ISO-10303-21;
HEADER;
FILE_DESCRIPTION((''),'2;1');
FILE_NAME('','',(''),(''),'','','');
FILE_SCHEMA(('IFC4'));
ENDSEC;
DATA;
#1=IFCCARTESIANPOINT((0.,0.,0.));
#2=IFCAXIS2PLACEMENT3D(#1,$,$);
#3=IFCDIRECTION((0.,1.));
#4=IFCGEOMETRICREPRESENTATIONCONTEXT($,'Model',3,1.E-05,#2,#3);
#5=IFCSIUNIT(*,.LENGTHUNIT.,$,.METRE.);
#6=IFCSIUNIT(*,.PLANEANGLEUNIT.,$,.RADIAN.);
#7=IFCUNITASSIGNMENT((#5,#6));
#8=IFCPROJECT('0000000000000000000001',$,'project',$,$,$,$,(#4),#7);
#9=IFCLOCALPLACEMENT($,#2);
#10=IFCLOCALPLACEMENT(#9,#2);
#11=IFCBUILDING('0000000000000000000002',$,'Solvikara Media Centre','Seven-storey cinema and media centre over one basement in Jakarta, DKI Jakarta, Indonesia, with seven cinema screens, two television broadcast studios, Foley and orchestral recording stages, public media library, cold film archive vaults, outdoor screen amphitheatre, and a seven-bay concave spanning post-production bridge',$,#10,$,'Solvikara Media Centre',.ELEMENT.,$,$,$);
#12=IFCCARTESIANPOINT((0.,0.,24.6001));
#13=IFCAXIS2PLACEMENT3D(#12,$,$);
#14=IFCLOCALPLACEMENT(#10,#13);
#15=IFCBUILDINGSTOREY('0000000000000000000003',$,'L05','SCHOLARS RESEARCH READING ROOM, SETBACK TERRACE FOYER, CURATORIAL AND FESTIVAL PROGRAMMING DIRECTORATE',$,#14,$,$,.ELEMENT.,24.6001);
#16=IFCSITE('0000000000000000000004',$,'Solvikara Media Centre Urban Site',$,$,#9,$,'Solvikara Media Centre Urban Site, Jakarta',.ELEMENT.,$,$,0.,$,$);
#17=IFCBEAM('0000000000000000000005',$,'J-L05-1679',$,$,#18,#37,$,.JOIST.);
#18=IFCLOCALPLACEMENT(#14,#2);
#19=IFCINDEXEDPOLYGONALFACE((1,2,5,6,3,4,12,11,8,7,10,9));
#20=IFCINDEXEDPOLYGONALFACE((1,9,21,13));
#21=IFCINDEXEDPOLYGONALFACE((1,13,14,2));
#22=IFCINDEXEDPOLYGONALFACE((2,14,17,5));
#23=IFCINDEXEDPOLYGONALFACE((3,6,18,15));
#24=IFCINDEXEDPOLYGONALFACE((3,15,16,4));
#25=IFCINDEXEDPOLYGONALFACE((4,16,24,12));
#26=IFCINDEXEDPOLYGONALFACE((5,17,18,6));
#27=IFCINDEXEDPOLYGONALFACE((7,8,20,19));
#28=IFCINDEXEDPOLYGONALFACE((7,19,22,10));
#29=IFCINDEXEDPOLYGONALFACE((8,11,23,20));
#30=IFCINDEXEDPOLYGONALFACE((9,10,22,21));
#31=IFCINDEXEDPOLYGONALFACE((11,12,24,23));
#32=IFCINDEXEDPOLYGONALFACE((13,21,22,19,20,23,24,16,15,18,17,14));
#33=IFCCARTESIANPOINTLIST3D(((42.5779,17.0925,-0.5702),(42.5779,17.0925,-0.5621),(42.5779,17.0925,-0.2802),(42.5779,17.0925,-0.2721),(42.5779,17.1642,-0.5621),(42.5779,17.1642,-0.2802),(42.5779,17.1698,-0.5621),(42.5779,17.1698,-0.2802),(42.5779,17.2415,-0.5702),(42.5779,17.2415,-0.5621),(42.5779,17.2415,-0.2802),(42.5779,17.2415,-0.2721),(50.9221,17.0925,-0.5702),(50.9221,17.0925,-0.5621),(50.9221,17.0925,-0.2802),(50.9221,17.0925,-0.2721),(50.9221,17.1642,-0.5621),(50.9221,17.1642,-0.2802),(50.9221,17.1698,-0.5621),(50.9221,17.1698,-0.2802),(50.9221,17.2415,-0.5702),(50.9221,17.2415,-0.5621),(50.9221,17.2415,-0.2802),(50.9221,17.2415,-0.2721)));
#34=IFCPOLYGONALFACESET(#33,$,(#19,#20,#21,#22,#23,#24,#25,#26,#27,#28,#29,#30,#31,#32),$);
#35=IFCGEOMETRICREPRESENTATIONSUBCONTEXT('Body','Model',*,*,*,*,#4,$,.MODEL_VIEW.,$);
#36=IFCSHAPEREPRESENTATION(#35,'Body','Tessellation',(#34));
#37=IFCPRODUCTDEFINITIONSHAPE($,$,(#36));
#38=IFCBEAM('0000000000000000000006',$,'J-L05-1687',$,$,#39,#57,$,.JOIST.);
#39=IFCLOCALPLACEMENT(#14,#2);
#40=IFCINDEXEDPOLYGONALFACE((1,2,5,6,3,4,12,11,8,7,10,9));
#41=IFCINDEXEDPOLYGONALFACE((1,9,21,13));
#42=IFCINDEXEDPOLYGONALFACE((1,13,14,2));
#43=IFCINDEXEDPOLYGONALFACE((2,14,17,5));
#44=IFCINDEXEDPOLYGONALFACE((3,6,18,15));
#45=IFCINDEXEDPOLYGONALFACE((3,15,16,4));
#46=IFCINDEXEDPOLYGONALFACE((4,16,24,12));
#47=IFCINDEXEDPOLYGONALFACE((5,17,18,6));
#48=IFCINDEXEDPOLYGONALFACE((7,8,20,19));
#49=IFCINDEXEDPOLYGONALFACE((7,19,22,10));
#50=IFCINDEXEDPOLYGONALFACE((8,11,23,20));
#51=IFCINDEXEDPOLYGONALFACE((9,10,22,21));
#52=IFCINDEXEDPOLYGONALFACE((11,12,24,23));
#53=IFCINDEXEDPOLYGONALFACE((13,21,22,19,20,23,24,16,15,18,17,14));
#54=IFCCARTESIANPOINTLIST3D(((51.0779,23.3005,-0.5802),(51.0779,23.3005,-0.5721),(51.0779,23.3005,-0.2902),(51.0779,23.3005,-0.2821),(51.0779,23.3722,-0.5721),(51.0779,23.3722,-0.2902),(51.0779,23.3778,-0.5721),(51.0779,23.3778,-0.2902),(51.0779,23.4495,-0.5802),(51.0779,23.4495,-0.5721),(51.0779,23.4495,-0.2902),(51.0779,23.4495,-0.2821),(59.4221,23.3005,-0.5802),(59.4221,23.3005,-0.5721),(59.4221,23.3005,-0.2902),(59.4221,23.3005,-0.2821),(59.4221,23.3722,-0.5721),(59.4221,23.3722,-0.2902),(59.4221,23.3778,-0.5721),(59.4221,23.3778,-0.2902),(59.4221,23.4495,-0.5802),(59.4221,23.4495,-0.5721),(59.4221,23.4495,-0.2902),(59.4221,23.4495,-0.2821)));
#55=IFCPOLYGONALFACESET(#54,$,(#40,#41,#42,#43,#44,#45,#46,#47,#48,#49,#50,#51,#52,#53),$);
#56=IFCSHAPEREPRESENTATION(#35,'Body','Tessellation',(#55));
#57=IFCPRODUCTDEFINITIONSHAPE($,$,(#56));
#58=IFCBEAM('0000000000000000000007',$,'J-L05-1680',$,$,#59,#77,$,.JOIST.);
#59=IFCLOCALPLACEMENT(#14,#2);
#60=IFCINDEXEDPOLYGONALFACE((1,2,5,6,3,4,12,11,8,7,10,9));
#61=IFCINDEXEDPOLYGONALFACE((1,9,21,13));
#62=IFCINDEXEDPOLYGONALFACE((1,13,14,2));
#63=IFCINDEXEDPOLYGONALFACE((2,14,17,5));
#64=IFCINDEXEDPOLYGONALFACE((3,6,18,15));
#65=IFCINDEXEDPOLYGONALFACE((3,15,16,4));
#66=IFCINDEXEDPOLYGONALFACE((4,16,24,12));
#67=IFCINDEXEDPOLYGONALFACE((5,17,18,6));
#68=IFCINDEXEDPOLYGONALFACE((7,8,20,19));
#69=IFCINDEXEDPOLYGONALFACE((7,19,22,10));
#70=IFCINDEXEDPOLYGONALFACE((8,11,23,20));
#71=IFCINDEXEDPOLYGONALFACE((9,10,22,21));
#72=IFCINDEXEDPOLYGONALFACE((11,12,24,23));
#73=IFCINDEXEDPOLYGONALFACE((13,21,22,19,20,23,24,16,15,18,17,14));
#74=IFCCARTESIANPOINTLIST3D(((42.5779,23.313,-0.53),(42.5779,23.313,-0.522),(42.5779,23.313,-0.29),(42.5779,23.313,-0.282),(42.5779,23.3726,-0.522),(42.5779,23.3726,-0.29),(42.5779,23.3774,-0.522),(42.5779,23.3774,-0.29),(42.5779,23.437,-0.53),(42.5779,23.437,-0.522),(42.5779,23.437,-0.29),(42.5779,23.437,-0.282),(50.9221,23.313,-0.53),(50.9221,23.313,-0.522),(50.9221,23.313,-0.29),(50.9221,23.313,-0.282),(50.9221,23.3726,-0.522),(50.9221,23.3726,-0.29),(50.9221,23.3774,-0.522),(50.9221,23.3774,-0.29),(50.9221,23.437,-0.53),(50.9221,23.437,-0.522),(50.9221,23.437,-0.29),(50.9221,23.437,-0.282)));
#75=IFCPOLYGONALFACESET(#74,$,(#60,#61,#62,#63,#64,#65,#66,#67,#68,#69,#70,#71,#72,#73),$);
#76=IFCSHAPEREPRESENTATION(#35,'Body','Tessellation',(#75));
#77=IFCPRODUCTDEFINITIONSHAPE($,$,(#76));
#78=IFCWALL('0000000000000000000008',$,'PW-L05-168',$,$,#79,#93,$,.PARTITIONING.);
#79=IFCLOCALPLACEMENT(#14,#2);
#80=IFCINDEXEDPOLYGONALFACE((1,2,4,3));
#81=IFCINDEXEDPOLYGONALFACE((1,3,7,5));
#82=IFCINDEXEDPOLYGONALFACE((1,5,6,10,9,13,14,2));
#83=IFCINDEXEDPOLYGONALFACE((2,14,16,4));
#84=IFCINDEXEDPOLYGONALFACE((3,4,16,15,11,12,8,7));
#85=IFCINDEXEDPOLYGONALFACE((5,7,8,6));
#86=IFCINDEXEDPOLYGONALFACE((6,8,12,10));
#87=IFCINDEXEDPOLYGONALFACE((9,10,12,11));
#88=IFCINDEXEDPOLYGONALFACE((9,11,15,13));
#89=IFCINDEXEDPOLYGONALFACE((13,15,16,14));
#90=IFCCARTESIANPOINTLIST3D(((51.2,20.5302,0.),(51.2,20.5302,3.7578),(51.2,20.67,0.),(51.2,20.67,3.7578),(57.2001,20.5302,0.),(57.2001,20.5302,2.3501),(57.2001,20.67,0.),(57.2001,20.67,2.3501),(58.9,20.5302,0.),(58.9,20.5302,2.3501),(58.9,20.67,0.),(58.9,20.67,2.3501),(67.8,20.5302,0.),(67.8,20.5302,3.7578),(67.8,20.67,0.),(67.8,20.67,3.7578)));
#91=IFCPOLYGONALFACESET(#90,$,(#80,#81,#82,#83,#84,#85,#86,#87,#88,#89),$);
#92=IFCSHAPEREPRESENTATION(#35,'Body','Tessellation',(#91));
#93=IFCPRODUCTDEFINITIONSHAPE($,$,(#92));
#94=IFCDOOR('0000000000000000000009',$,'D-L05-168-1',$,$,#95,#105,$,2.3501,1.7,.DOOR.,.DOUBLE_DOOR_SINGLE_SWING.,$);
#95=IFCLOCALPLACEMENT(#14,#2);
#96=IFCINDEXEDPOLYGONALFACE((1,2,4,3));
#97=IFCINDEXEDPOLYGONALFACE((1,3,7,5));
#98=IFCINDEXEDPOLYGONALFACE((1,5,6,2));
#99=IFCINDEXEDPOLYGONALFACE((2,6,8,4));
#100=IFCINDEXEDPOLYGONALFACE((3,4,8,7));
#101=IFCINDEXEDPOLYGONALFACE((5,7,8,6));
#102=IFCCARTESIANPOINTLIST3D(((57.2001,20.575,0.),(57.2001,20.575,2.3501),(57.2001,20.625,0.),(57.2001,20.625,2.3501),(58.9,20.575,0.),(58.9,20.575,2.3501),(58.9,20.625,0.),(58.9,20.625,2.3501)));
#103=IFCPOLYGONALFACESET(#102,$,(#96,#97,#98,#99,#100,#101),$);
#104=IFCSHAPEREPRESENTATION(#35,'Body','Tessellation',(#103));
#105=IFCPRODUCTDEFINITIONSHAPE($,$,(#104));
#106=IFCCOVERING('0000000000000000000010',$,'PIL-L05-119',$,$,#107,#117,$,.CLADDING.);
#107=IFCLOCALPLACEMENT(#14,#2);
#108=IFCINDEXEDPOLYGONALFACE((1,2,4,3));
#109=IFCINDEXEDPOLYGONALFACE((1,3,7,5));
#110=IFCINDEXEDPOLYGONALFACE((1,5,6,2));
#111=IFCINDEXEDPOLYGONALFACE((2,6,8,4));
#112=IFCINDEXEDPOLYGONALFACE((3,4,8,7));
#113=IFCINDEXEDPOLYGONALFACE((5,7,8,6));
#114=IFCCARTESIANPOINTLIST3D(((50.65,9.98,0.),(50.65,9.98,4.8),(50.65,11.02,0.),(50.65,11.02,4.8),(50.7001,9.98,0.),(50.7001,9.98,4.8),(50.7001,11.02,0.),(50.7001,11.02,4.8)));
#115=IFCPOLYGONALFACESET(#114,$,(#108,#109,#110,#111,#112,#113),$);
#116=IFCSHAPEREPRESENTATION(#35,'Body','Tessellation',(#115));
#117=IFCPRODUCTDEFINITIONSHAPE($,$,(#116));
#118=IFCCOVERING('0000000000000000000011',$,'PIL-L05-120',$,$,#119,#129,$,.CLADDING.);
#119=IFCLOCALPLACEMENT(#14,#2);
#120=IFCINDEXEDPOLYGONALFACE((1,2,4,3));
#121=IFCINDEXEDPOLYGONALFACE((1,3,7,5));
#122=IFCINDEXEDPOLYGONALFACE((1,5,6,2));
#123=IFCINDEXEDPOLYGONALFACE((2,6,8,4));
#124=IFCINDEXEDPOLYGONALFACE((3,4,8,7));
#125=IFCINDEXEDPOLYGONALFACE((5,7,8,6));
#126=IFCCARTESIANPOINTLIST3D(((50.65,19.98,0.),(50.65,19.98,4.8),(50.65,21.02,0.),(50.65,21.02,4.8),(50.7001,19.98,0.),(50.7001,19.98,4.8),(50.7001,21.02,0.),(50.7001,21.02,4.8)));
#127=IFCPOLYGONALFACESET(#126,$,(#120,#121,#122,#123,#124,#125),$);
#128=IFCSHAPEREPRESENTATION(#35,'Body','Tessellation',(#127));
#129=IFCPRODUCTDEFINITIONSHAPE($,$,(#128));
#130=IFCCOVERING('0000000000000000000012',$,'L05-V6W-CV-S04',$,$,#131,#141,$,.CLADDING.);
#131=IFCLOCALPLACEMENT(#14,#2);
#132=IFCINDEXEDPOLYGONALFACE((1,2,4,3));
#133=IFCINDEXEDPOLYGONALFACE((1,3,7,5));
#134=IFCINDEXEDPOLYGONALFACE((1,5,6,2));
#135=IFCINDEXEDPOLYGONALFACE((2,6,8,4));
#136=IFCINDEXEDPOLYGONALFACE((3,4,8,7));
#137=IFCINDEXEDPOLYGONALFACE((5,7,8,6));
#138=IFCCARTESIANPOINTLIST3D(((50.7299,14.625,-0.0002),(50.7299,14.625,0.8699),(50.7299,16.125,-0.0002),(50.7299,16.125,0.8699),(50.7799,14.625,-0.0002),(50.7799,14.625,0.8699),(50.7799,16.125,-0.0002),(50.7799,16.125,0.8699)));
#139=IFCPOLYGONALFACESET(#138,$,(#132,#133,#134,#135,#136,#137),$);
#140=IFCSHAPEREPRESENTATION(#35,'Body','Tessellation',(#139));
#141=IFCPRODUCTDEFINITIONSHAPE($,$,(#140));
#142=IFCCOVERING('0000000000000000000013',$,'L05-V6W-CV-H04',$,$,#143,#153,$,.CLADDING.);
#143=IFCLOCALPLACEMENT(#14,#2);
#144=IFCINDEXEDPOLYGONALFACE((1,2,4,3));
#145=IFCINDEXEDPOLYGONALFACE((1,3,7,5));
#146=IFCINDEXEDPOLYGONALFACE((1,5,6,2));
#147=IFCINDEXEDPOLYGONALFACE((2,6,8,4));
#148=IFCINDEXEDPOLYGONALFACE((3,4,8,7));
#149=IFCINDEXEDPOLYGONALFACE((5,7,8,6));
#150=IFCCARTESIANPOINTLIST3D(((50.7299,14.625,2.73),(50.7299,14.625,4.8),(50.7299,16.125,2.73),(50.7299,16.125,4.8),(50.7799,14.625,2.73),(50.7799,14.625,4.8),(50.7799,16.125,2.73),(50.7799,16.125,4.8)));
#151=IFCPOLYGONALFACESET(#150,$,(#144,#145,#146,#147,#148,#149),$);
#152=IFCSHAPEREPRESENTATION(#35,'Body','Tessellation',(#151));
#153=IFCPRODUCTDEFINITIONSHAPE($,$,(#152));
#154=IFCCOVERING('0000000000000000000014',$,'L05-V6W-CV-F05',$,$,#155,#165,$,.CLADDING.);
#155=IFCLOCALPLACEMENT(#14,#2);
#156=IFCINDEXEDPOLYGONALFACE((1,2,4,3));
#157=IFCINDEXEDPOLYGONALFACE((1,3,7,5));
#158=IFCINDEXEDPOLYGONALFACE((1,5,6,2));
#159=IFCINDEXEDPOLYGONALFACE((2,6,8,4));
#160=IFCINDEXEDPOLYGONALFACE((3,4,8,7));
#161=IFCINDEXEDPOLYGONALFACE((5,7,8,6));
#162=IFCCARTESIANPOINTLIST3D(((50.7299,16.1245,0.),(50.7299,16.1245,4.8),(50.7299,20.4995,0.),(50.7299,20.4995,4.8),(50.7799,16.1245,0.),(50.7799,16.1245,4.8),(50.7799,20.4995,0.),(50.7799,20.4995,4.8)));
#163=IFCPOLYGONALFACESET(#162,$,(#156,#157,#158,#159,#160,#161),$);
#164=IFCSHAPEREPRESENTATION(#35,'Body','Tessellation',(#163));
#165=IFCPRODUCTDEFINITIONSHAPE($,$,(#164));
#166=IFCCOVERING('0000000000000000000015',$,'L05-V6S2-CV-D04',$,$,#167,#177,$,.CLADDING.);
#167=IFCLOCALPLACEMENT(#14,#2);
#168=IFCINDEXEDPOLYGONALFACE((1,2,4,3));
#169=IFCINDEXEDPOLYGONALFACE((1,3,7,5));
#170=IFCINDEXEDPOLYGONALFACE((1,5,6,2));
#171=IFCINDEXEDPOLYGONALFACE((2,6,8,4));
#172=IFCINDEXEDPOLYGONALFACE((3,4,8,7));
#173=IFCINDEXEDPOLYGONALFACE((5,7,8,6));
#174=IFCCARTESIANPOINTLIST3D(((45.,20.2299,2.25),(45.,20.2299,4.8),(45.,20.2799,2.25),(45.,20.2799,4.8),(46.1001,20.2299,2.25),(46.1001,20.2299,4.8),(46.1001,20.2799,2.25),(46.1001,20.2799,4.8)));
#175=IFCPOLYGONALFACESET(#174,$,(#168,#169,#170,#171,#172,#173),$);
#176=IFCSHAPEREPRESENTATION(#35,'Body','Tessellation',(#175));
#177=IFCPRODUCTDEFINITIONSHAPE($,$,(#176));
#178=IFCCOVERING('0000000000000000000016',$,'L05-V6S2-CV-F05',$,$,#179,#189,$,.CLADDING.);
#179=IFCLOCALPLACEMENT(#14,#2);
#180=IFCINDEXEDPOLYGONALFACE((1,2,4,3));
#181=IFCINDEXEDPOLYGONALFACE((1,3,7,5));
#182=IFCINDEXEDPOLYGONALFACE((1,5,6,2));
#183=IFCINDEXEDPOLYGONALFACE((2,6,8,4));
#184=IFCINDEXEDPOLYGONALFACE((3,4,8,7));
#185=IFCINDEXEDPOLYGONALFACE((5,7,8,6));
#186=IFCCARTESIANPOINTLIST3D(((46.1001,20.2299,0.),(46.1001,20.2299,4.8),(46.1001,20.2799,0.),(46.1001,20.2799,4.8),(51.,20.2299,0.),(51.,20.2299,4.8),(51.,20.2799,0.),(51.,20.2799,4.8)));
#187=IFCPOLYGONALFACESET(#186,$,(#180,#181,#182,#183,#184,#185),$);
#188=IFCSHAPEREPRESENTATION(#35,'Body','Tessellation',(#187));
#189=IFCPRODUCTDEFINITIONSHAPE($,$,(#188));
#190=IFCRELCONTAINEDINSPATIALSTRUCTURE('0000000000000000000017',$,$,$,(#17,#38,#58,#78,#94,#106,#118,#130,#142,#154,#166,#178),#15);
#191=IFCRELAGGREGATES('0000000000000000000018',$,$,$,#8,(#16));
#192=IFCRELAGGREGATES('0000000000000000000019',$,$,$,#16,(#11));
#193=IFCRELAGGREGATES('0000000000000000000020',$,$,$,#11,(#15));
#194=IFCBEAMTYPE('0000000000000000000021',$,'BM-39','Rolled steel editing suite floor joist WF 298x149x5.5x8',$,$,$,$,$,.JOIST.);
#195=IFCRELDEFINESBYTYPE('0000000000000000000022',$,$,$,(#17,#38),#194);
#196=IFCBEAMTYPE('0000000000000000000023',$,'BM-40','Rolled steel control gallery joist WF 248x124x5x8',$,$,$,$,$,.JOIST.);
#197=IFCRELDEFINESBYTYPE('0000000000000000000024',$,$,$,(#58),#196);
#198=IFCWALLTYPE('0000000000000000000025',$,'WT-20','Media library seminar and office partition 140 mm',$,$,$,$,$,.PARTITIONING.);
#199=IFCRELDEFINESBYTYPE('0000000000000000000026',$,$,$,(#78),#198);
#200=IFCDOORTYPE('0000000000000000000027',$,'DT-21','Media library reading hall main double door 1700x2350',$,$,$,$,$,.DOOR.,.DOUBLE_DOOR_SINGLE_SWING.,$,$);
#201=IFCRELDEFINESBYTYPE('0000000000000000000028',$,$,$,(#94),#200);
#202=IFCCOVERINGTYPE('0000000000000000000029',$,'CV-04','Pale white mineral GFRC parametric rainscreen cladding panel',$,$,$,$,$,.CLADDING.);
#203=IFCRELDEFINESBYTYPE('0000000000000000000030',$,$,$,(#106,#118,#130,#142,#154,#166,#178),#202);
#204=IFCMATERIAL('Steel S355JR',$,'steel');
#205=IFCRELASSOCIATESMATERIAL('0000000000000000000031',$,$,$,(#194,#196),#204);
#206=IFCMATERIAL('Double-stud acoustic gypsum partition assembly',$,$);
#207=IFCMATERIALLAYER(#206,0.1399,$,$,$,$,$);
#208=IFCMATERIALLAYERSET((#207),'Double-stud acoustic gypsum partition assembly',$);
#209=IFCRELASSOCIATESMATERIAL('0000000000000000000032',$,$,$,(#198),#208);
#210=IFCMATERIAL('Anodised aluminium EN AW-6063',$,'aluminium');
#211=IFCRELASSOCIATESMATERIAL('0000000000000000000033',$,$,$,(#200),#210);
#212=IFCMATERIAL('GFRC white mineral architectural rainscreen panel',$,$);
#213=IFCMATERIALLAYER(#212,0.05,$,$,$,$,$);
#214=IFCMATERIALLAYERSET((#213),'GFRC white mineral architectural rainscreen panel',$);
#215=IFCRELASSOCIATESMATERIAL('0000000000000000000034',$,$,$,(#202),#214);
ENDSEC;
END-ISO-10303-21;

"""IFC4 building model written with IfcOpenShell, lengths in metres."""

from ifc_helpers import new_model, si_unit, direction, frame, frame_2d, origin, origin_2d, place, context, subcontext, project, spatial, rectangle, i_section, extrude, material, layer, layer_set, material_profile, profile_set, type_object, element, fill, save


model = new_model("IFC4")

# Units and contexts
model_context = context("Model", 3, precision=1e-05, world=origin(), true_north=direction((0.0, 1.0)))
body_context = subcontext(model_context, "Body", "Model", "MODEL_VIEW")
ifc_project = project(units=[si_unit("LENGTHUNIT", "METRE"), si_unit("PLANEANGLEUNIT", "RADIAN")], contexts=[model_context])

# Site, building, storey
site_placement = place(None, origin())
site = spatial("IfcSite", under=ifc_project, at=site_placement, Name="Solvikara Media Centre Urban Site", LongName="Solvikara Media Centre Urban Site, Jakarta", CompositionType="ELEMENT", RefElevation=0.0)
building_placement = place(site_placement, origin())
building = spatial("IfcBuilding", under=site, at=building_placement, Name="Solvikara Media Centre", Description="Seven-storey cinema and media centre over one basement in Jakarta, DKI Jakarta, Indonesia, with seven cinema screens, two television broadcast studios, Foley and orchestral recording stages, public media library, cold film archive vaults, outdoor screen amphitheatre, and a seven-bay concave spanning post-production bridge", LongName="Solvikara Media Centre", CompositionType="ELEMENT")
storey_placement = place(building_placement, frame((0.0, 0.0, 24.6001)))
storey = spatial("IfcBuildingStorey", under=building, at=storey_placement, Name="L05", Description="SCHOLARS RESEARCH READING ROOM, SETBACK TERRACE FOYER, CURATORIAL AND FESTIVAL PROGRAMMING DIRECTORATE", CompositionType="ELEMENT", Elevation=24.6001)

# Beams
ifc_material_1 = material(Name="Steel S355JR", Category="steel")
ifc_material_profile_1 = material_profile(ifc_material_1, i_section(OverallWidth=0.1489, OverallDepth=0.2981, WebThickness=0.0056, FlangeThickness=0.0081, at=origin_2d()), Name="WF 298x149x5.5x8")
ifc_profile_set_1 = profile_set([ifc_material_profile_1], Name="Steel S355JR")
beam_type_1 = type_object("IfcBeamType", Name="BM-39", Description="Rolled steel editing suite floor joist WF 298x149x5.5x8", PredefinedType="JOIST", material=ifc_profile_set_1)
for number, where, z_axis, x_axis, name in (
    (1, (42.5779, 17.167, -0.4211), (1.0, 0.0, 0.0), (0.0, 1.0, 0.0), "J-L05-1679"),
    (2, (51.0779, 23.375, -0.4312), (1.0, 0.0, 0.0), (0.0, 1.0, 0.0), "J-L05-1687"),
):
    element("IfcBeam", number, at=place(storey_placement, frame(where, z_axis=z_axis, x_axis=x_axis)), inside=storey, type_object=beam_type_1, Name=name, PredefinedType="JOIST", context=body_context, shape_type="SweptSolid", body=[
        extrude(i_section(OverallWidth=0.1489, OverallDepth=0.2981, WebThickness=0.0056, FlangeThickness=0.0081, at=origin_2d()), origin(), (0.0, 0.0, 1.0), 8.3442),
    ])
ifc_material_profile_2 = material_profile(ifc_material_1, i_section(OverallWidth=0.124, OverallDepth=0.248, WebThickness=0.0049, FlangeThickness=0.0081, at=origin_2d()), Name="WF 248x124x5x8")
ifc_profile_set_2 = profile_set([ifc_material_profile_2], Name="Steel S355JR")
beam_type_2 = type_object("IfcBeamType", Name="BM-40", Description="Rolled steel control gallery joist WF 248x124x5x8", PredefinedType="JOIST", material=ifc_profile_set_2)
beam_1_placement = place(storey_placement, frame((42.5779, 23.375, -0.406), z_axis=(1.0, 0.0, 0.0), x_axis=(0.0, 1.0, 0.0)))
element("IfcBeam", 3, at=beam_1_placement, inside=storey, type_object=beam_type_2, Name="J-L05-1680", PredefinedType="JOIST", context=body_context, shape_type="SweptSolid", body=[
    extrude(i_section(OverallWidth=0.124, OverallDepth=0.248, WebThickness=0.0049, FlangeThickness=0.0081, at=origin_2d()), origin(), (0.0, 0.0, 1.0), 8.3442),
])

# Wall, opening, door
ifc_material_2 = material(Name="Double-stud acoustic gypsum partition assembly")
ifc_layer_1 = layer(ifc_material_2, 0.1399)
ifc_layer_set_1 = layer_set([ifc_layer_1], Name="Double-stud acoustic gypsum partition assembly")
wall_type = type_object("IfcWallType", Name="WT-20", Description="Media library seminar and office partition 140 mm", PredefinedType="PARTITIONING", material=ifc_layer_set_1)
wall_placement = place(storey_placement, frame((51.2, 20.6001, 0.0), z_axis=(0.0, 0.0, 1.0), x_axis=(1.0, 0.0, 0.0)))
wall = element("IfcWall", 4, at=wall_placement, inside=storey, type_object=wall_type, Name="PW-L05-168", PredefinedType="PARTITIONING", context=body_context, shape_type="SweptSolid", body=[
    extrude(rectangle(XDim=16.6001, YDim=0.1399, at=frame_2d((8.3, 0.0))), origin(), (0.0, 0.0, 1.0), 3.7578),
])
opening_placement = place(wall_placement, frame((6.0, 0.0, 0.0)))
opening = element("IfcOpeningElement", 5, at=opening_placement, cuts=wall, PredefinedType="OPENING", context=body_context, shape_type="SweptSolid", body=[
    extrude(rectangle(XDim=1.7, YDim=2.3501, at=frame_2d((0.8501, 1.175))), frame((0.0, 0.082, 0.0), z_axis=(0.0, -1.0, 0.0), x_axis=(1.0, 0.0, 0.0)), (0.0, 0.0, 1.0), 0.1638),
])
ifc_material_3 = material(Name="Anodised aluminium EN AW-6063", Category="aluminium")
door_type = type_object("IfcDoorType", Name="DT-21", Description="Media library reading hall main double door 1700x2350", OperationType="DOUBLE_DOOR_SINGLE_SWING", PredefinedType="DOOR", material=ifc_material_3)
door_placement = place(opening_placement, origin())
door = element("IfcDoor", 6, at=door_placement, inside=storey, type_object=door_type, Name="D-L05-168-1", OperationType="DOUBLE_DOOR_SINGLE_SWING", OverallHeight=2.3501, OverallWidth=1.7, PredefinedType="DOOR", context=body_context, shape_type="SweptSolid", body=[
    extrude(rectangle(XDim=1.7, YDim=2.3501, at=frame_2d((0.8501, 1.175))), frame((0.0, 0.0249, 0.0), z_axis=(0.0, -1.0, 0.0), x_axis=(1.0, 0.0, 0.0)), (0.0, 0.0, 1.0), 0.05),
])
fill(opening, door)

# Coverings
ifc_material_4 = material(Name="GFRC white mineral architectural rainscreen panel")
ifc_layer_2 = layer(ifc_material_4, 0.05)
ifc_layer_set_2 = layer_set([ifc_layer_2], Name="GFRC white mineral architectural rainscreen panel")
covering_type = type_object("IfcCoveringType", Name="CV-04", Description="Pale white mineral GFRC parametric rainscreen cladding panel", PredefinedType="CLADDING", material=ifc_layer_set_2)
for number, where, z_axis, x_axis, name in (
    (7, (50.675, 10.5, 0.0), (0.0, 0.0, 1.0), (0.0, -1.0, 0.0), "PIL-L05-119"),
    (8, (50.675, 20.5, 0.0), (0.0, 0.0, 1.0), (0.0, -1.0, 0.0), "PIL-L05-120"),
):
    element("IfcCovering", number, at=place(storey_placement, frame(where, z_axis=z_axis, x_axis=x_axis)), inside=storey, type_object=covering_type, Name=name, PredefinedType="CLADDING", context=body_context, shape_type="SweptSolid", body=[
        extrude(rectangle(XDim=1.04, YDim=0.05, at=origin_2d()), origin(), (0.0, 0.0, 1.0), 4.8),
    ])
covering_1_placement = place(storey_placement, frame((50.7549, 15.375, -0.0002), z_axis=(0.0, 0.0, 1.0), x_axis=(0.0, 1.0, 0.0)))
element("IfcCovering", 9, at=covering_1_placement, inside=storey, type_object=covering_type, Name="L05-V6W-CV-S04", PredefinedType="CLADDING", context=body_context, shape_type="SweptSolid", body=[
    extrude(rectangle(XDim=1.5, YDim=0.05, at=origin_2d()), origin(), (0.0, 0.0, 1.0), 0.8701),
])
covering_2_placement = place(storey_placement, frame((50.7549, 15.375, 2.73), z_axis=(0.0, 0.0, 1.0), x_axis=(0.0, 1.0, 0.0)))
element("IfcCovering", 10, at=covering_2_placement, inside=storey, type_object=covering_type, Name="L05-V6W-CV-H04", PredefinedType="CLADDING", context=body_context, shape_type="SweptSolid", body=[
    extrude(rectangle(XDim=1.5, YDim=0.05, at=origin_2d()), origin(), (0.0, 0.0, 1.0), 2.0701),
])
covering_3_placement = place(storey_placement, frame((50.7549, 18.312, 0.0), z_axis=(0.0, 0.0, 1.0), x_axis=(0.0, 1.0, 0.0)))
element("IfcCovering", 11, at=covering_3_placement, inside=storey, type_object=covering_type, Name="L05-V6W-CV-F05", PredefinedType="CLADDING", context=body_context, shape_type="SweptSolid", body=[
    extrude(rectangle(XDim=4.375, YDim=0.05, at=origin_2d()), origin(), (0.0, 0.0, 1.0), 4.8),
])
covering_4_placement = place(storey_placement, frame((45.55, 20.2549, 2.25), z_axis=(0.0, 0.0, 1.0), x_axis=(1.0, 0.0, 0.0)))
element("IfcCovering", 12, at=covering_4_placement, inside=storey, type_object=covering_type, Name="L05-V6S2-CV-D04", PredefinedType="CLADDING", context=body_context, shape_type="SweptSolid", body=[
    extrude(rectangle(XDim=1.1001, YDim=0.05, at=origin_2d()), origin(), (0.0, 0.0, 1.0), 2.55),
])
covering_5_placement = place(storey_placement, frame((48.55, 20.2549, 0.0), z_axis=(0.0, 0.0, 1.0), x_axis=(1.0, 0.0, 0.0)))
element("IfcCovering", 13, at=covering_5_placement, inside=storey, type_object=covering_type, Name="L05-V6S2-CV-F05", PredefinedType="CLADDING", context=body_context, shape_type="SweptSolid", body=[
    extrude(rectangle(XDim=4.8999, YDim=0.05, at=origin_2d()), origin(), (0.0, 0.0, 1.0), 4.8),
])

save(model, "model.ifc")
